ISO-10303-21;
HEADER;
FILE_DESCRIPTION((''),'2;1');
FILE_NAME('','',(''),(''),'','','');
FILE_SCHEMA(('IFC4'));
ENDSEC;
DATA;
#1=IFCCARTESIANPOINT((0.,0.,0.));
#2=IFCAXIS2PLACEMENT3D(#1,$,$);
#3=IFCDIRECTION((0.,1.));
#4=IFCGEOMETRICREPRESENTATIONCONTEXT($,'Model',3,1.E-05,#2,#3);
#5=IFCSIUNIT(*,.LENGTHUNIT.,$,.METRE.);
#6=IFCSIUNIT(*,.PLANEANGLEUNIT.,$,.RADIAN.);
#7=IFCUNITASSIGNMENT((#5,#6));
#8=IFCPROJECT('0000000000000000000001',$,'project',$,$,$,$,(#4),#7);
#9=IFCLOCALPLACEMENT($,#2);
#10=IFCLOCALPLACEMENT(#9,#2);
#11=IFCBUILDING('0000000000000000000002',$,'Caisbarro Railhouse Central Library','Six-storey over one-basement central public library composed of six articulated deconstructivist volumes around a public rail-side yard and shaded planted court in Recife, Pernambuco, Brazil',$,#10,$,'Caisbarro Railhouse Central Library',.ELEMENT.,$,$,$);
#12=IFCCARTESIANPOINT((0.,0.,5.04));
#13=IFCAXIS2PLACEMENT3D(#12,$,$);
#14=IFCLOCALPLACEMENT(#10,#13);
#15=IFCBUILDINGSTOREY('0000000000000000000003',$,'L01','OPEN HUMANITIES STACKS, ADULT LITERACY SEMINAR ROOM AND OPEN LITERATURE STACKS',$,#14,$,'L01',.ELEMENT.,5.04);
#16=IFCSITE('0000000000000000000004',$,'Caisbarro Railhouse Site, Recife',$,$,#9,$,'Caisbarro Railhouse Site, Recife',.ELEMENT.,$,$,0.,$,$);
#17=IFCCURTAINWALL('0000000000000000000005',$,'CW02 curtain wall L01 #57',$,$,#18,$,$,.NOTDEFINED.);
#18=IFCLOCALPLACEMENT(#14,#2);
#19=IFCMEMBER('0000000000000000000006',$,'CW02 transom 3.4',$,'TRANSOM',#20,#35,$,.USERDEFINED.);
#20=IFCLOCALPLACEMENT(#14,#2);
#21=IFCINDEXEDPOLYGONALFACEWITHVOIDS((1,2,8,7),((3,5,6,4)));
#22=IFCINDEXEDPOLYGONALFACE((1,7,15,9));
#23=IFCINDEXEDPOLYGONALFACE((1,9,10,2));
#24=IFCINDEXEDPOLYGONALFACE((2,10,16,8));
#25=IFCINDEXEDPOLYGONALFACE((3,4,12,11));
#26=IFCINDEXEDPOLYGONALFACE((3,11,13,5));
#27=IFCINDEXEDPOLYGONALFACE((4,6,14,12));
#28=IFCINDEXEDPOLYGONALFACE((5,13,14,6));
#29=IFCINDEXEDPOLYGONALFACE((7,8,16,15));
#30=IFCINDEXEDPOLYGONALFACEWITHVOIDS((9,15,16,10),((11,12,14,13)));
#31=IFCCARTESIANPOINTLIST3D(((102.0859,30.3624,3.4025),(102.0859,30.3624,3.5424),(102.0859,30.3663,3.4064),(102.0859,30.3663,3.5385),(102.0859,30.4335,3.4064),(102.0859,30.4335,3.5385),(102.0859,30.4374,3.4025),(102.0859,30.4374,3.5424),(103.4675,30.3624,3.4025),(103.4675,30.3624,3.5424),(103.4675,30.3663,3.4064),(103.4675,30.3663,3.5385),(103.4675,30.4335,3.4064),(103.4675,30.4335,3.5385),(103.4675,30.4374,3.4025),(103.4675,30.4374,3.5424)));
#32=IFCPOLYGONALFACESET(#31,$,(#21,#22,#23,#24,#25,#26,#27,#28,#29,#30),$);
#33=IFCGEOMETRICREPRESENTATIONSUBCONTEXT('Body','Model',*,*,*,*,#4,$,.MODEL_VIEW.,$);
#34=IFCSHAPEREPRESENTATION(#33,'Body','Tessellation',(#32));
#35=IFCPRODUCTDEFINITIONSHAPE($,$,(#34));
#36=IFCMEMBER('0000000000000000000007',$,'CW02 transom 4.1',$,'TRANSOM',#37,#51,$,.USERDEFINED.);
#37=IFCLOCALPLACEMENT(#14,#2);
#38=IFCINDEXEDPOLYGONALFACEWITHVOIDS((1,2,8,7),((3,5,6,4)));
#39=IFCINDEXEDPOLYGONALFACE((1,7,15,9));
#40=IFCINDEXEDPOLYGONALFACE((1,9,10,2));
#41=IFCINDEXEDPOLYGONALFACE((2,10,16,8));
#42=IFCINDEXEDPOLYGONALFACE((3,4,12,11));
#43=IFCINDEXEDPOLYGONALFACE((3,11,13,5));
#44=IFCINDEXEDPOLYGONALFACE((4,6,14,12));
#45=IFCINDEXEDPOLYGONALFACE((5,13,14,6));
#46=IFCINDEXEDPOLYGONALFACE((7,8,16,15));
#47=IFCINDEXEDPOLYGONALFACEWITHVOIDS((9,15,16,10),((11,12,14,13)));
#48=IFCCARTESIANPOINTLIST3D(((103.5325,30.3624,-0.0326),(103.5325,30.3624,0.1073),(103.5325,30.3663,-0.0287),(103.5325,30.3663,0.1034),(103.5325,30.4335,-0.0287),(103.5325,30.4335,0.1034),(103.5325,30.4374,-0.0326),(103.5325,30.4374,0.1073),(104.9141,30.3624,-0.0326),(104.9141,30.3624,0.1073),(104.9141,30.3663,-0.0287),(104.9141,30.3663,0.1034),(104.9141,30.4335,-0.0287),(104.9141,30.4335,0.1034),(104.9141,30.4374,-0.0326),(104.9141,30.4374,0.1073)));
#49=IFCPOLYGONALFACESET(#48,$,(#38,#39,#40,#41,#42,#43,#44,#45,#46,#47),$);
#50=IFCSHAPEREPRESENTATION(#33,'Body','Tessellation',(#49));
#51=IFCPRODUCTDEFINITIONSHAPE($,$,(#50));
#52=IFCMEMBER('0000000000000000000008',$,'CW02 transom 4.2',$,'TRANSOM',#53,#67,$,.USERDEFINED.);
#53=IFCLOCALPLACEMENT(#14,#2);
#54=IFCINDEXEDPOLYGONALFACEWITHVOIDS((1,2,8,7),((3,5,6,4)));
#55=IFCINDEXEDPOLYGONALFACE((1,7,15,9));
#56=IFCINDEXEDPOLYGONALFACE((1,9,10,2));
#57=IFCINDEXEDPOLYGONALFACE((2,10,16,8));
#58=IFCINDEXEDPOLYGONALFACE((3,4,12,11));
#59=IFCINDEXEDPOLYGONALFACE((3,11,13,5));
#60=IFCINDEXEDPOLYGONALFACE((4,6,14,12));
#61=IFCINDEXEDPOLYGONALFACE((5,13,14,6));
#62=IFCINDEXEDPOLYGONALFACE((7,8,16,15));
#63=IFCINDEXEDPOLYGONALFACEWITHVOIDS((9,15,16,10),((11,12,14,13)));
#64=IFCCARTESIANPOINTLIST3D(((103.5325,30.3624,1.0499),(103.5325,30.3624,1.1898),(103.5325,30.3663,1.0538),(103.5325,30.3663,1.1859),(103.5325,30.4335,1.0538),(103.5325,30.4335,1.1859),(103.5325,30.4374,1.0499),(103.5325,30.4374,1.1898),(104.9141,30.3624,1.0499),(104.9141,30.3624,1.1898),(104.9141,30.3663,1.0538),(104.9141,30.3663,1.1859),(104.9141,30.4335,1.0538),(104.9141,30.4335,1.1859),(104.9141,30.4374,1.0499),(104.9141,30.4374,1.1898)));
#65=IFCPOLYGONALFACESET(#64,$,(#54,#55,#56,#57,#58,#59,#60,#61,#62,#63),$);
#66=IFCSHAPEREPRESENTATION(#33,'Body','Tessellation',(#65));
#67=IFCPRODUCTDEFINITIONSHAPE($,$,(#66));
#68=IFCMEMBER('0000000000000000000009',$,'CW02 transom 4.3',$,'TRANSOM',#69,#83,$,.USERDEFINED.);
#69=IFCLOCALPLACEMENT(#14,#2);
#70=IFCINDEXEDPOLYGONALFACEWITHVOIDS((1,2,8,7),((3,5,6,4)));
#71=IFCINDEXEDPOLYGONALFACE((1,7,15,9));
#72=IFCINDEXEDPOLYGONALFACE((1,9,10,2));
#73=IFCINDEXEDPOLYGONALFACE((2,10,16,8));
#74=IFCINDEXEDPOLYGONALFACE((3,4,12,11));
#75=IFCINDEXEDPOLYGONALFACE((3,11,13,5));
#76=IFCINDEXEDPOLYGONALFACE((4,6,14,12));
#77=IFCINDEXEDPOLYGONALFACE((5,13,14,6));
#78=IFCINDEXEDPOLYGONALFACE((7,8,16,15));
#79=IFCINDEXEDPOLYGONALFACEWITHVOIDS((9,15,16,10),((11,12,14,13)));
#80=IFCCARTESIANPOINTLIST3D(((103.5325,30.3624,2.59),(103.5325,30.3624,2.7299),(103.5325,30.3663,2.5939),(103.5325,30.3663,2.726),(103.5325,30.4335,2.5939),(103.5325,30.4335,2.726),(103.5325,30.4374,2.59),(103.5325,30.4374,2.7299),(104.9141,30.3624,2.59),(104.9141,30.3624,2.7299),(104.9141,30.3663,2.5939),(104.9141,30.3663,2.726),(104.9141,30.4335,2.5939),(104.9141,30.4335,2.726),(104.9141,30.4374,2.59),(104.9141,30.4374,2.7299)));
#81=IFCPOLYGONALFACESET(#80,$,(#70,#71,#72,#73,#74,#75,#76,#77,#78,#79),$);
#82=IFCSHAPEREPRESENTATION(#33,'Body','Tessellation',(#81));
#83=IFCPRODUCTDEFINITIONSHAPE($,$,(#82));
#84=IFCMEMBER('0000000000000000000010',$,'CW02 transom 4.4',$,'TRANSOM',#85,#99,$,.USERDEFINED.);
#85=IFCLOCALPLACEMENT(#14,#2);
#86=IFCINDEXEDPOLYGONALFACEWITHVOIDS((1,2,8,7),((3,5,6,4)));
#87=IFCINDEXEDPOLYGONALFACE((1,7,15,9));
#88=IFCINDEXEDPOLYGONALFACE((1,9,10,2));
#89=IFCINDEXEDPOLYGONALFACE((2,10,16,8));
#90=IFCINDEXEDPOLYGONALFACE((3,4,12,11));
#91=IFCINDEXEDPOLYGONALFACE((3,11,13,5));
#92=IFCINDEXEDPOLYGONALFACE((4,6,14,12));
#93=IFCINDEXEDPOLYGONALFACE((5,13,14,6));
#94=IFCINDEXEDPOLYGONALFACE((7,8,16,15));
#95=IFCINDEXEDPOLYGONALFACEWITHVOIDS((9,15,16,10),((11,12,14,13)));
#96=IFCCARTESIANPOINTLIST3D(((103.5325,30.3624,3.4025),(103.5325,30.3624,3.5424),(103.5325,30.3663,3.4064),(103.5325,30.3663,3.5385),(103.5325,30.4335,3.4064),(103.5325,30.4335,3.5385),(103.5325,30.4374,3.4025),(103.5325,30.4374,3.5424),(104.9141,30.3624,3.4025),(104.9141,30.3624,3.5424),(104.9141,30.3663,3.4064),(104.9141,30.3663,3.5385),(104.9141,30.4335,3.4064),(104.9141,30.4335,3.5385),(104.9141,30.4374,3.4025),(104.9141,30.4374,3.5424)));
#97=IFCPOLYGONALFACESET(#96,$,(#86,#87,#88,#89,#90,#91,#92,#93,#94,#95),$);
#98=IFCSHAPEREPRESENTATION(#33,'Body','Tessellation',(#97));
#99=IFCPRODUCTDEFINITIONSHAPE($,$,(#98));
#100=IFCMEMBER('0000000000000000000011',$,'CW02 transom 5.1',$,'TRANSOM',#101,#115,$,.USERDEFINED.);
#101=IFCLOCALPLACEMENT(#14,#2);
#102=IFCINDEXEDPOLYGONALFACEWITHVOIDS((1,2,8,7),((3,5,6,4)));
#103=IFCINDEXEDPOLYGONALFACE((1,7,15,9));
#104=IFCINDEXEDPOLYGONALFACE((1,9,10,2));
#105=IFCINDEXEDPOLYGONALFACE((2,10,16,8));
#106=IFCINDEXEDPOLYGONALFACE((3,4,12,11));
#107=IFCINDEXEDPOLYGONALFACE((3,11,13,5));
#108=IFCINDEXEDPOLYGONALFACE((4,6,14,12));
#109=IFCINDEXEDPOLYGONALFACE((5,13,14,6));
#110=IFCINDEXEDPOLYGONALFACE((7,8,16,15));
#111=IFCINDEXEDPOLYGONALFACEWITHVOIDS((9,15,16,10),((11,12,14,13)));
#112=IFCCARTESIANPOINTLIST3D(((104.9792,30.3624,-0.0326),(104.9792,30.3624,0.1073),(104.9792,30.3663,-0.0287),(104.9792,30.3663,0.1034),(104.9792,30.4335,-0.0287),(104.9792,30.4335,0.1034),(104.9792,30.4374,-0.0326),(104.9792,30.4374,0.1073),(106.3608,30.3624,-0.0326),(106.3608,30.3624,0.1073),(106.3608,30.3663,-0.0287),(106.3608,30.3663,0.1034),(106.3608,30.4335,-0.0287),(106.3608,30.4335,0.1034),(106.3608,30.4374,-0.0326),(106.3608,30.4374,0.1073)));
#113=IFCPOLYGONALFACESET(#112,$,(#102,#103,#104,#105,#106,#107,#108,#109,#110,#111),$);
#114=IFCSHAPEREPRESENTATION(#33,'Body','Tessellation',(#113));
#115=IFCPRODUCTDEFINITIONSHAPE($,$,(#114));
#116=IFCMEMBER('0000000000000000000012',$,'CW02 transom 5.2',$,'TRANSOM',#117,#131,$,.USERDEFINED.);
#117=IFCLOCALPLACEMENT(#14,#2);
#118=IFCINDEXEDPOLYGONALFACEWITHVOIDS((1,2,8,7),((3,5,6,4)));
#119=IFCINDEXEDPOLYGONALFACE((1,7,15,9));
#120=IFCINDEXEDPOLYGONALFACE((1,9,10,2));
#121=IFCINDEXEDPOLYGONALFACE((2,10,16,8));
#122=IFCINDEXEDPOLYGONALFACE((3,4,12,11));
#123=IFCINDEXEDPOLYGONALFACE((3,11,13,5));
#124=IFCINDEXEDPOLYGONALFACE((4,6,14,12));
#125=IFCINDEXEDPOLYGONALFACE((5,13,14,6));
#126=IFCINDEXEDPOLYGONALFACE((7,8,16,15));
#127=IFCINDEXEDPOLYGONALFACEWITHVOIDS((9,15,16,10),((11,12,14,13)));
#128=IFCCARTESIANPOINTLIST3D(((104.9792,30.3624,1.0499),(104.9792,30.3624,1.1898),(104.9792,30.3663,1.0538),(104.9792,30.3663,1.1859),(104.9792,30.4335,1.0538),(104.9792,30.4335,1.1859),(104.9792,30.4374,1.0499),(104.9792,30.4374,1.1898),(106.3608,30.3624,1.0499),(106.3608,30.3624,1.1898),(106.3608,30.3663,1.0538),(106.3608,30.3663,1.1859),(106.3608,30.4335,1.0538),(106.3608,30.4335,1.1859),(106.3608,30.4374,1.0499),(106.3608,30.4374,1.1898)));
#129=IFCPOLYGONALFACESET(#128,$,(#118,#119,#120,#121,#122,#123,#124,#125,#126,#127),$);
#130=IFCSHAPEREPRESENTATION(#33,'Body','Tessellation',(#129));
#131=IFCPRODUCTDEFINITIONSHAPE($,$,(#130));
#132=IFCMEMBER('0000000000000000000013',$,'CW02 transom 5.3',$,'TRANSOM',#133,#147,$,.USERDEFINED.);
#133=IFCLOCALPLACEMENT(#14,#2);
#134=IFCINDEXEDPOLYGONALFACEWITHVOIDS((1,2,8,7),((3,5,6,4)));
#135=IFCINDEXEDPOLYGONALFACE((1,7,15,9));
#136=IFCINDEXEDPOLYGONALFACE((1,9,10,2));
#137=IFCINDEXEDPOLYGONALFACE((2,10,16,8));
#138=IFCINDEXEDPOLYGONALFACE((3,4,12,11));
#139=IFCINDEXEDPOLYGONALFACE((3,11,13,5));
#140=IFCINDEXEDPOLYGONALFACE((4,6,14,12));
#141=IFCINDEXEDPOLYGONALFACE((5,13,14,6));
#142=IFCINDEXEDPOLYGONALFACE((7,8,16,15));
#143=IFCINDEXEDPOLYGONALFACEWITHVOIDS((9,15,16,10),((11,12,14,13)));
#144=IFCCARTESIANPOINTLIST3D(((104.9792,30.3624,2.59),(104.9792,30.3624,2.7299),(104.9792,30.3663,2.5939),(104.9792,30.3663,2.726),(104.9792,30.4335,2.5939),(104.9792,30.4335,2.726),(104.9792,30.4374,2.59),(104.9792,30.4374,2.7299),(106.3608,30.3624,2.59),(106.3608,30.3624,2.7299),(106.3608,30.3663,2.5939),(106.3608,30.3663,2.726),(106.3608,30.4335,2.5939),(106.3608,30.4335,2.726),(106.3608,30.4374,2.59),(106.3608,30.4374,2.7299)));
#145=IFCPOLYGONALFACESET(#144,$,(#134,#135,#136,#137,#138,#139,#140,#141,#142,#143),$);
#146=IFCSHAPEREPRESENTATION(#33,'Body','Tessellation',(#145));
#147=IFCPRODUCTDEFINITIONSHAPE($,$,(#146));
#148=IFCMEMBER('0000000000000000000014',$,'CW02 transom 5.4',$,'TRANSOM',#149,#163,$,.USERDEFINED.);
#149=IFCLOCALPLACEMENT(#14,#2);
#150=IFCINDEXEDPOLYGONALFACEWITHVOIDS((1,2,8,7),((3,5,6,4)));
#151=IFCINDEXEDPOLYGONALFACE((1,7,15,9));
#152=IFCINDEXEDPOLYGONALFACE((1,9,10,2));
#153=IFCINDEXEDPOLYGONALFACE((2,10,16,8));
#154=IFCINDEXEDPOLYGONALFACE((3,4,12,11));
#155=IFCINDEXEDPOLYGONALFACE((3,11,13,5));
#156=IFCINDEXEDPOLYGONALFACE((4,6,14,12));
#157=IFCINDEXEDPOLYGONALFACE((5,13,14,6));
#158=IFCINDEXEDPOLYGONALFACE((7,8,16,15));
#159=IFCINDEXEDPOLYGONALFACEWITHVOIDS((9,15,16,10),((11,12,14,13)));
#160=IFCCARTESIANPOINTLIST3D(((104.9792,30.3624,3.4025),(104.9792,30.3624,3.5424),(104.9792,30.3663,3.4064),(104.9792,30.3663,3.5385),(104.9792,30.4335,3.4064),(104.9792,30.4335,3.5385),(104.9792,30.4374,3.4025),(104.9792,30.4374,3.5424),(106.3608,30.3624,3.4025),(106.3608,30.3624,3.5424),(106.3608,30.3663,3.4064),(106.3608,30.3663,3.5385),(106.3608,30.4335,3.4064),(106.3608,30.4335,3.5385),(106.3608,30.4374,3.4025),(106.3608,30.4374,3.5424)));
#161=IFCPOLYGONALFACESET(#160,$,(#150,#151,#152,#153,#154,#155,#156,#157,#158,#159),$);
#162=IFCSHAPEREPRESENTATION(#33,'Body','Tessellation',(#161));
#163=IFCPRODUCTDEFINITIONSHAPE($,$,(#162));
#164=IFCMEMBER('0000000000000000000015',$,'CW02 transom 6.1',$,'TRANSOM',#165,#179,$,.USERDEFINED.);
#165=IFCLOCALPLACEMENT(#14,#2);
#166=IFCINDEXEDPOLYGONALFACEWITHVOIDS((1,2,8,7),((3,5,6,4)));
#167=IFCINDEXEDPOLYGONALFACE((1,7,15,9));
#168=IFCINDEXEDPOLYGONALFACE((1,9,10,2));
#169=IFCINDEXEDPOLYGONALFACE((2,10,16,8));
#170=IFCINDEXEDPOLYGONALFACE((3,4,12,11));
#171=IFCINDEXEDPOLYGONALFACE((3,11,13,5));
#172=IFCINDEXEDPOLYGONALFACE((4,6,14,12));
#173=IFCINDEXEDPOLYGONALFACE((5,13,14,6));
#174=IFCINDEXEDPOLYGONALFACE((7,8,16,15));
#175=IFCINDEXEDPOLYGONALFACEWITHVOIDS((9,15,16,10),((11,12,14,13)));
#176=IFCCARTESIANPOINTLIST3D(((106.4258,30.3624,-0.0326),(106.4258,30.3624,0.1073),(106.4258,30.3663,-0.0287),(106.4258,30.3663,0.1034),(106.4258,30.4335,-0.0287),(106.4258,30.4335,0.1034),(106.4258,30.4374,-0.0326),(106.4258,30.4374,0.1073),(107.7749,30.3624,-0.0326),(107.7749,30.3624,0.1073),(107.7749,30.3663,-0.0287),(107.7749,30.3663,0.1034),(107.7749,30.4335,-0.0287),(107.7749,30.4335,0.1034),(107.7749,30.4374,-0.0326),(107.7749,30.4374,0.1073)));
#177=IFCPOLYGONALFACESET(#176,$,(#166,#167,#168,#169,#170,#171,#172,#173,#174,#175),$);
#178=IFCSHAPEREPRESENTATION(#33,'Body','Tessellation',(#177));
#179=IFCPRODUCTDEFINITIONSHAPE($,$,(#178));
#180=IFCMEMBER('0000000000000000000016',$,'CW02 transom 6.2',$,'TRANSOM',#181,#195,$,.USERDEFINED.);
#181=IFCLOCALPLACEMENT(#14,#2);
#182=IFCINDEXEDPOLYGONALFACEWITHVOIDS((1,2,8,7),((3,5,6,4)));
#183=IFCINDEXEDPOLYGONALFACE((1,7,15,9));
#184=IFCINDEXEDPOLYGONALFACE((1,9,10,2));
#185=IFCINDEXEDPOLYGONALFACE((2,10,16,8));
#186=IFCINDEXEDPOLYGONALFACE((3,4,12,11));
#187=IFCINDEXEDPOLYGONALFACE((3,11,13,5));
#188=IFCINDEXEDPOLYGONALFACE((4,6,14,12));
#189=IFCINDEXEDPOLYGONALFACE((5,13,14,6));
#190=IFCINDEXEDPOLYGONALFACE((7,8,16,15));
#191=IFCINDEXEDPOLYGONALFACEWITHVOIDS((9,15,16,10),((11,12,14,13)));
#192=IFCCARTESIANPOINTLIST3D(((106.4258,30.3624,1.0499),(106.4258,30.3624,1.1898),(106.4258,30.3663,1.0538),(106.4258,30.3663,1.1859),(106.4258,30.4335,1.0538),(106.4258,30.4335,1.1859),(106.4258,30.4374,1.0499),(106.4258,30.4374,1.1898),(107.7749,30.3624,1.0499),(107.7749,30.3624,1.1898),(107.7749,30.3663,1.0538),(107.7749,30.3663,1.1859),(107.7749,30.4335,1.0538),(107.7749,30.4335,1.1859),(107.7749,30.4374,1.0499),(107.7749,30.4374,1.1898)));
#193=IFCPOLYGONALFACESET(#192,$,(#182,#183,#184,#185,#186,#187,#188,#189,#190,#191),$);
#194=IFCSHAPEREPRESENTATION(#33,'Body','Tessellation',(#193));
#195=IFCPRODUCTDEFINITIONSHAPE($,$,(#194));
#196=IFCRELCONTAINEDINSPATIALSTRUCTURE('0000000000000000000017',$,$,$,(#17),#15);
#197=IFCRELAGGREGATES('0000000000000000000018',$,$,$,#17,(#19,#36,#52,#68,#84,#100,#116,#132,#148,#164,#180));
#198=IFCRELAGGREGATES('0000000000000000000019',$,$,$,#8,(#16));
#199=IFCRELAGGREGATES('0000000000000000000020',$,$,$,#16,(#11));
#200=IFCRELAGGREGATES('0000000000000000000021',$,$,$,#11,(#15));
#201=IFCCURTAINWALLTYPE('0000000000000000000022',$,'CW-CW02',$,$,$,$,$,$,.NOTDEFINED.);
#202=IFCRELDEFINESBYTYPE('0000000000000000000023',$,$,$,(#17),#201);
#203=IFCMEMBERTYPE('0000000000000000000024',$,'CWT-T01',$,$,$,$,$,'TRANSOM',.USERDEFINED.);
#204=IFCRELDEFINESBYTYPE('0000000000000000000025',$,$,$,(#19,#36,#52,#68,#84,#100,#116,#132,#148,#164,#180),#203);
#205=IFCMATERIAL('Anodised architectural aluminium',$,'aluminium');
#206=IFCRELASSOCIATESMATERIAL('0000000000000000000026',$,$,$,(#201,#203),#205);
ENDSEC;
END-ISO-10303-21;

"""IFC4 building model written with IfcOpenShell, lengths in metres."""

from ifc_helpers import new_model, si_unit, direction, frame, origin, origin_2d, place, context, subcontext, project, spatial, hollow_rectangle, extrude, material, material_profile, profile_set, type_object, element, aggregate, save


model = new_model("IFC4")

# Units and contexts
model_context = context("Model", 3, precision=1e-05, world=origin(), true_north=direction((0.0, 1.0)))
body_context = subcontext(model_context, "Body", "Model", "MODEL_VIEW")
ifc_project = project(units=[si_unit("LENGTHUNIT", "METRE"), si_unit("PLANEANGLEUNIT", "RADIAN")], contexts=[model_context])

# Site, building, storey
site_placement = place(None, origin())
site = spatial("IfcSite", under=ifc_project, at=site_placement, Name="Caisbarro Railhouse Site, Recife", LongName="Caisbarro Railhouse Site, Recife", CompositionType="ELEMENT", RefElevation=0.0)
building_placement = place(site_placement, origin())
building = spatial("IfcBuilding", under=site, at=building_placement, Name="Caisbarro Railhouse Central Library", Description="Six-storey over one-basement central public library composed of six articulated deconstructivist volumes around a public rail-side yard and shaded planted court in Recife, Pernambuco, Brazil", LongName="Caisbarro Railhouse Central Library", CompositionType="ELEMENT")
storey_placement = place(building_placement, frame((0.0, 0.0, 5.04)))
storey = spatial("IfcBuildingStorey", under=building, at=storey_placement, Name="L01", Description="OPEN HUMANITIES STACKS, ADULT LITERACY SEMINAR ROOM AND OPEN LITERATURE STACKS", LongName="L01", CompositionType="ELEMENT", Elevation=5.04)

# Curtain wall, members
ifc_material_1 = material(Name="Anodised architectural aluminium", Category="aluminium")
curtain_wall_type = type_object("IfcCurtainWallType", Name="CW-CW02", PredefinedType="NOTDEFINED", material=ifc_material_1)
curtain_wall_placement = place(storey_placement, origin())
curtain_wall = element("IfcCurtainWall", 1, at=curtain_wall_placement, inside=storey, type_object=curtain_wall_type, Name="CW02 curtain wall L01 #57", PredefinedType="NOTDEFINED")
ifc_material_profile_1 = material_profile(ifc_material_1, hollow_rectangle(XDim=0.075, YDim=0.1399, WallThickness=0.0039, at=origin_2d()), Name="ALU-TRN-75X140")
ifc_profile_set_1 = profile_set([ifc_material_profile_1], Name="Anodised architectural aluminium")
member_type_1 = type_object("IfcMemberType", Name="CWT-T01", ElementType="TRANSOM", PredefinedType="USERDEFINED", material=ifc_profile_set_1)
member_1_placement = place(storey_placement, frame((102.0859, 30.3999, 3.4724), z_axis=(1.0, 0.0, 0.0), x_axis=(0.0, 1.0, 0.0)))
member_1 = element("IfcMember", 2, at=member_1_placement, type_object=member_type_1, Name="CW02 transom 3.4", ObjectType="TRANSOM", PredefinedType="USERDEFINED", context=body_context, shape_type="SweptSolid", body=[
    extrude(hollow_rectangle(XDim=0.075, YDim=0.1399, WallThickness=0.0039, at=origin_2d()), origin(), (0.0, 0.0, 1.0), 1.3816),
])
member_2_placement = place(storey_placement, frame((103.5325, 30.3999, 0.0374), z_axis=(1.0, 0.0, 0.0), x_axis=(0.0, 1.0, 0.0)))
member_2 = element("IfcMember", 3, at=member_2_placement, type_object=member_type_1, Name="CW02 transom 4.1", ObjectType="TRANSOM", PredefinedType="USERDEFINED", context=body_context, shape_type="SweptSolid", body=[
    extrude(hollow_rectangle(XDim=0.075, YDim=0.1399, WallThickness=0.0039, at=origin_2d()), origin(), (0.0, 0.0, 1.0), 1.3816),
])
member_3_placement = place(storey_placement, frame((103.5325, 30.3999, 1.1199), z_axis=(1.0, 0.0, 0.0), x_axis=(0.0, 1.0, 0.0)))
member_3 = element("IfcMember", 4, at=member_3_placement, type_object=member_type_1, Name="CW02 transom 4.2", ObjectType="TRANSOM", PredefinedType="USERDEFINED", context=body_context, shape_type="SweptSolid", body=[
    extrude(hollow_rectangle(XDim=0.075, YDim=0.1399, WallThickness=0.0039, at=origin_2d()), origin(), (0.0, 0.0, 1.0), 1.3816),
])
member_4_placement = place(storey_placement, frame((103.5325, 30.3999, 2.6599), z_axis=(1.0, 0.0, 0.0), x_axis=(0.0, 1.0, 0.0)))
member_4 = element("IfcMember", 5, at=member_4_placement, type_object=member_type_1, Name="CW02 transom 4.3", ObjectType="TRANSOM", PredefinedType="USERDEFINED", context=body_context, shape_type="SweptSolid", body=[
    extrude(hollow_rectangle(XDim=0.075, YDim=0.1399, WallThickness=0.0039, at=origin_2d()), origin(), (0.0, 0.0, 1.0), 1.3816),
])
member_5_placement = place(storey_placement, frame((103.5325, 30.3999, 3.4724), z_axis=(1.0, 0.0, 0.0), x_axis=(0.0, 1.0, 0.0)))
member_5 = element("IfcMember", 6, at=member_5_placement, type_object=member_type_1, Name="CW02 transom 4.4", ObjectType="TRANSOM", PredefinedType="USERDEFINED", context=body_context, shape_type="SweptSolid", body=[
    extrude(hollow_rectangle(XDim=0.075, YDim=0.1399, WallThickness=0.0039, at=origin_2d()), origin(), (0.0, 0.0, 1.0), 1.3816),
])
member_6_placement = place(storey_placement, frame((104.9792, 30.3999, 0.0374), z_axis=(1.0, 0.0, 0.0), x_axis=(0.0, 1.0, 0.0)))
member_6 = element("IfcMember", 7, at=member_6_placement, type_object=member_type_1, Name="CW02 transom 5.1", ObjectType="TRANSOM", PredefinedType="USERDEFINED", context=body_context, shape_type="SweptSolid", body=[
    extrude(hollow_rectangle(XDim=0.075, YDim=0.1399, WallThickness=0.0039, at=origin_2d()), origin(), (0.0, 0.0, 1.0), 1.3816),
])
member_7_placement = place(storey_placement, frame((104.9792, 30.3999, 1.1199), z_axis=(1.0, 0.0, 0.0), x_axis=(0.0, 1.0, 0.0)))
member_7 = element("IfcMember", 8, at=member_7_placement, type_object=member_type_1, Name="CW02 transom 5.2", ObjectType="TRANSOM", PredefinedType="USERDEFINED", context=body_context, shape_type="SweptSolid", body=[
    extrude(hollow_rectangle(XDim=0.075, YDim=0.1399, WallThickness=0.0039, at=origin_2d()), origin(), (0.0, 0.0, 1.0), 1.3816),
])
member_8_placement = place(storey_placement, frame((104.9792, 30.3999, 2.6599), z_axis=(1.0, 0.0, 0.0), x_axis=(0.0, 1.0, 0.0)))
member_8 = element("IfcMember", 9, at=member_8_placement, type_object=member_type_1, Name="CW02 transom 5.3", ObjectType="TRANSOM", PredefinedType="USERDEFINED", context=body_context, shape_type="SweptSolid", body=[
    extrude(hollow_rectangle(XDim=0.075, YDim=0.1399, WallThickness=0.0039, at=origin_2d()), origin(), (0.0, 0.0, 1.0), 1.3816),
])
member_9_placement = place(storey_placement, frame((104.9792, 30.3999, 3.4724), z_axis=(1.0, 0.0, 0.0), x_axis=(0.0, 1.0, 0.0)))
member_9 = element("IfcMember", 10, at=member_9_placement, type_object=member_type_1, Name="CW02 transom 5.4", ObjectType="TRANSOM", PredefinedType="USERDEFINED", context=body_context, shape_type="SweptSolid", body=[
    extrude(hollow_rectangle(XDim=0.075, YDim=0.1399, WallThickness=0.0039, at=origin_2d()), origin(), (0.0, 0.0, 1.0), 1.3816),
])
member_10_placement = place(storey_placement, frame((106.4258, 30.3999, 0.0374), z_axis=(1.0, 0.0, 0.0), x_axis=(0.0, 1.0, 0.0)))
member_10 = element("IfcMember", 11, at=member_10_placement, type_object=member_type_1, Name="CW02 transom 6.1", ObjectType="TRANSOM", PredefinedType="USERDEFINED", context=body_context, shape_type="SweptSolid", body=[
    extrude(hollow_rectangle(XDim=0.075, YDim=0.1399, WallThickness=0.0039, at=origin_2d()), origin(), (0.0, 0.0, 1.0), 1.3491),
])
member_11_placement = place(storey_placement, frame((106.4258, 30.3999, 1.1199), z_axis=(1.0, 0.0, 0.0), x_axis=(0.0, 1.0, 0.0)))
member_11 = element("IfcMember", 12, at=member_11_placement, type_object=member_type_1, Name="CW02 transom 6.2", ObjectType="TRANSOM", PredefinedType="USERDEFINED", context=body_context, shape_type="SweptSolid", body=[
    extrude(hollow_rectangle(XDim=0.075, YDim=0.1399, WallThickness=0.0039, at=origin_2d()), origin(), (0.0, 0.0, 1.0), 1.3491),
])
aggregate(curtain_wall, [member_1, member_2, member_3, member_4, member_5, member_6, member_7, member_8, member_9, member_10, member_11])

save(model, "model.ifc")
